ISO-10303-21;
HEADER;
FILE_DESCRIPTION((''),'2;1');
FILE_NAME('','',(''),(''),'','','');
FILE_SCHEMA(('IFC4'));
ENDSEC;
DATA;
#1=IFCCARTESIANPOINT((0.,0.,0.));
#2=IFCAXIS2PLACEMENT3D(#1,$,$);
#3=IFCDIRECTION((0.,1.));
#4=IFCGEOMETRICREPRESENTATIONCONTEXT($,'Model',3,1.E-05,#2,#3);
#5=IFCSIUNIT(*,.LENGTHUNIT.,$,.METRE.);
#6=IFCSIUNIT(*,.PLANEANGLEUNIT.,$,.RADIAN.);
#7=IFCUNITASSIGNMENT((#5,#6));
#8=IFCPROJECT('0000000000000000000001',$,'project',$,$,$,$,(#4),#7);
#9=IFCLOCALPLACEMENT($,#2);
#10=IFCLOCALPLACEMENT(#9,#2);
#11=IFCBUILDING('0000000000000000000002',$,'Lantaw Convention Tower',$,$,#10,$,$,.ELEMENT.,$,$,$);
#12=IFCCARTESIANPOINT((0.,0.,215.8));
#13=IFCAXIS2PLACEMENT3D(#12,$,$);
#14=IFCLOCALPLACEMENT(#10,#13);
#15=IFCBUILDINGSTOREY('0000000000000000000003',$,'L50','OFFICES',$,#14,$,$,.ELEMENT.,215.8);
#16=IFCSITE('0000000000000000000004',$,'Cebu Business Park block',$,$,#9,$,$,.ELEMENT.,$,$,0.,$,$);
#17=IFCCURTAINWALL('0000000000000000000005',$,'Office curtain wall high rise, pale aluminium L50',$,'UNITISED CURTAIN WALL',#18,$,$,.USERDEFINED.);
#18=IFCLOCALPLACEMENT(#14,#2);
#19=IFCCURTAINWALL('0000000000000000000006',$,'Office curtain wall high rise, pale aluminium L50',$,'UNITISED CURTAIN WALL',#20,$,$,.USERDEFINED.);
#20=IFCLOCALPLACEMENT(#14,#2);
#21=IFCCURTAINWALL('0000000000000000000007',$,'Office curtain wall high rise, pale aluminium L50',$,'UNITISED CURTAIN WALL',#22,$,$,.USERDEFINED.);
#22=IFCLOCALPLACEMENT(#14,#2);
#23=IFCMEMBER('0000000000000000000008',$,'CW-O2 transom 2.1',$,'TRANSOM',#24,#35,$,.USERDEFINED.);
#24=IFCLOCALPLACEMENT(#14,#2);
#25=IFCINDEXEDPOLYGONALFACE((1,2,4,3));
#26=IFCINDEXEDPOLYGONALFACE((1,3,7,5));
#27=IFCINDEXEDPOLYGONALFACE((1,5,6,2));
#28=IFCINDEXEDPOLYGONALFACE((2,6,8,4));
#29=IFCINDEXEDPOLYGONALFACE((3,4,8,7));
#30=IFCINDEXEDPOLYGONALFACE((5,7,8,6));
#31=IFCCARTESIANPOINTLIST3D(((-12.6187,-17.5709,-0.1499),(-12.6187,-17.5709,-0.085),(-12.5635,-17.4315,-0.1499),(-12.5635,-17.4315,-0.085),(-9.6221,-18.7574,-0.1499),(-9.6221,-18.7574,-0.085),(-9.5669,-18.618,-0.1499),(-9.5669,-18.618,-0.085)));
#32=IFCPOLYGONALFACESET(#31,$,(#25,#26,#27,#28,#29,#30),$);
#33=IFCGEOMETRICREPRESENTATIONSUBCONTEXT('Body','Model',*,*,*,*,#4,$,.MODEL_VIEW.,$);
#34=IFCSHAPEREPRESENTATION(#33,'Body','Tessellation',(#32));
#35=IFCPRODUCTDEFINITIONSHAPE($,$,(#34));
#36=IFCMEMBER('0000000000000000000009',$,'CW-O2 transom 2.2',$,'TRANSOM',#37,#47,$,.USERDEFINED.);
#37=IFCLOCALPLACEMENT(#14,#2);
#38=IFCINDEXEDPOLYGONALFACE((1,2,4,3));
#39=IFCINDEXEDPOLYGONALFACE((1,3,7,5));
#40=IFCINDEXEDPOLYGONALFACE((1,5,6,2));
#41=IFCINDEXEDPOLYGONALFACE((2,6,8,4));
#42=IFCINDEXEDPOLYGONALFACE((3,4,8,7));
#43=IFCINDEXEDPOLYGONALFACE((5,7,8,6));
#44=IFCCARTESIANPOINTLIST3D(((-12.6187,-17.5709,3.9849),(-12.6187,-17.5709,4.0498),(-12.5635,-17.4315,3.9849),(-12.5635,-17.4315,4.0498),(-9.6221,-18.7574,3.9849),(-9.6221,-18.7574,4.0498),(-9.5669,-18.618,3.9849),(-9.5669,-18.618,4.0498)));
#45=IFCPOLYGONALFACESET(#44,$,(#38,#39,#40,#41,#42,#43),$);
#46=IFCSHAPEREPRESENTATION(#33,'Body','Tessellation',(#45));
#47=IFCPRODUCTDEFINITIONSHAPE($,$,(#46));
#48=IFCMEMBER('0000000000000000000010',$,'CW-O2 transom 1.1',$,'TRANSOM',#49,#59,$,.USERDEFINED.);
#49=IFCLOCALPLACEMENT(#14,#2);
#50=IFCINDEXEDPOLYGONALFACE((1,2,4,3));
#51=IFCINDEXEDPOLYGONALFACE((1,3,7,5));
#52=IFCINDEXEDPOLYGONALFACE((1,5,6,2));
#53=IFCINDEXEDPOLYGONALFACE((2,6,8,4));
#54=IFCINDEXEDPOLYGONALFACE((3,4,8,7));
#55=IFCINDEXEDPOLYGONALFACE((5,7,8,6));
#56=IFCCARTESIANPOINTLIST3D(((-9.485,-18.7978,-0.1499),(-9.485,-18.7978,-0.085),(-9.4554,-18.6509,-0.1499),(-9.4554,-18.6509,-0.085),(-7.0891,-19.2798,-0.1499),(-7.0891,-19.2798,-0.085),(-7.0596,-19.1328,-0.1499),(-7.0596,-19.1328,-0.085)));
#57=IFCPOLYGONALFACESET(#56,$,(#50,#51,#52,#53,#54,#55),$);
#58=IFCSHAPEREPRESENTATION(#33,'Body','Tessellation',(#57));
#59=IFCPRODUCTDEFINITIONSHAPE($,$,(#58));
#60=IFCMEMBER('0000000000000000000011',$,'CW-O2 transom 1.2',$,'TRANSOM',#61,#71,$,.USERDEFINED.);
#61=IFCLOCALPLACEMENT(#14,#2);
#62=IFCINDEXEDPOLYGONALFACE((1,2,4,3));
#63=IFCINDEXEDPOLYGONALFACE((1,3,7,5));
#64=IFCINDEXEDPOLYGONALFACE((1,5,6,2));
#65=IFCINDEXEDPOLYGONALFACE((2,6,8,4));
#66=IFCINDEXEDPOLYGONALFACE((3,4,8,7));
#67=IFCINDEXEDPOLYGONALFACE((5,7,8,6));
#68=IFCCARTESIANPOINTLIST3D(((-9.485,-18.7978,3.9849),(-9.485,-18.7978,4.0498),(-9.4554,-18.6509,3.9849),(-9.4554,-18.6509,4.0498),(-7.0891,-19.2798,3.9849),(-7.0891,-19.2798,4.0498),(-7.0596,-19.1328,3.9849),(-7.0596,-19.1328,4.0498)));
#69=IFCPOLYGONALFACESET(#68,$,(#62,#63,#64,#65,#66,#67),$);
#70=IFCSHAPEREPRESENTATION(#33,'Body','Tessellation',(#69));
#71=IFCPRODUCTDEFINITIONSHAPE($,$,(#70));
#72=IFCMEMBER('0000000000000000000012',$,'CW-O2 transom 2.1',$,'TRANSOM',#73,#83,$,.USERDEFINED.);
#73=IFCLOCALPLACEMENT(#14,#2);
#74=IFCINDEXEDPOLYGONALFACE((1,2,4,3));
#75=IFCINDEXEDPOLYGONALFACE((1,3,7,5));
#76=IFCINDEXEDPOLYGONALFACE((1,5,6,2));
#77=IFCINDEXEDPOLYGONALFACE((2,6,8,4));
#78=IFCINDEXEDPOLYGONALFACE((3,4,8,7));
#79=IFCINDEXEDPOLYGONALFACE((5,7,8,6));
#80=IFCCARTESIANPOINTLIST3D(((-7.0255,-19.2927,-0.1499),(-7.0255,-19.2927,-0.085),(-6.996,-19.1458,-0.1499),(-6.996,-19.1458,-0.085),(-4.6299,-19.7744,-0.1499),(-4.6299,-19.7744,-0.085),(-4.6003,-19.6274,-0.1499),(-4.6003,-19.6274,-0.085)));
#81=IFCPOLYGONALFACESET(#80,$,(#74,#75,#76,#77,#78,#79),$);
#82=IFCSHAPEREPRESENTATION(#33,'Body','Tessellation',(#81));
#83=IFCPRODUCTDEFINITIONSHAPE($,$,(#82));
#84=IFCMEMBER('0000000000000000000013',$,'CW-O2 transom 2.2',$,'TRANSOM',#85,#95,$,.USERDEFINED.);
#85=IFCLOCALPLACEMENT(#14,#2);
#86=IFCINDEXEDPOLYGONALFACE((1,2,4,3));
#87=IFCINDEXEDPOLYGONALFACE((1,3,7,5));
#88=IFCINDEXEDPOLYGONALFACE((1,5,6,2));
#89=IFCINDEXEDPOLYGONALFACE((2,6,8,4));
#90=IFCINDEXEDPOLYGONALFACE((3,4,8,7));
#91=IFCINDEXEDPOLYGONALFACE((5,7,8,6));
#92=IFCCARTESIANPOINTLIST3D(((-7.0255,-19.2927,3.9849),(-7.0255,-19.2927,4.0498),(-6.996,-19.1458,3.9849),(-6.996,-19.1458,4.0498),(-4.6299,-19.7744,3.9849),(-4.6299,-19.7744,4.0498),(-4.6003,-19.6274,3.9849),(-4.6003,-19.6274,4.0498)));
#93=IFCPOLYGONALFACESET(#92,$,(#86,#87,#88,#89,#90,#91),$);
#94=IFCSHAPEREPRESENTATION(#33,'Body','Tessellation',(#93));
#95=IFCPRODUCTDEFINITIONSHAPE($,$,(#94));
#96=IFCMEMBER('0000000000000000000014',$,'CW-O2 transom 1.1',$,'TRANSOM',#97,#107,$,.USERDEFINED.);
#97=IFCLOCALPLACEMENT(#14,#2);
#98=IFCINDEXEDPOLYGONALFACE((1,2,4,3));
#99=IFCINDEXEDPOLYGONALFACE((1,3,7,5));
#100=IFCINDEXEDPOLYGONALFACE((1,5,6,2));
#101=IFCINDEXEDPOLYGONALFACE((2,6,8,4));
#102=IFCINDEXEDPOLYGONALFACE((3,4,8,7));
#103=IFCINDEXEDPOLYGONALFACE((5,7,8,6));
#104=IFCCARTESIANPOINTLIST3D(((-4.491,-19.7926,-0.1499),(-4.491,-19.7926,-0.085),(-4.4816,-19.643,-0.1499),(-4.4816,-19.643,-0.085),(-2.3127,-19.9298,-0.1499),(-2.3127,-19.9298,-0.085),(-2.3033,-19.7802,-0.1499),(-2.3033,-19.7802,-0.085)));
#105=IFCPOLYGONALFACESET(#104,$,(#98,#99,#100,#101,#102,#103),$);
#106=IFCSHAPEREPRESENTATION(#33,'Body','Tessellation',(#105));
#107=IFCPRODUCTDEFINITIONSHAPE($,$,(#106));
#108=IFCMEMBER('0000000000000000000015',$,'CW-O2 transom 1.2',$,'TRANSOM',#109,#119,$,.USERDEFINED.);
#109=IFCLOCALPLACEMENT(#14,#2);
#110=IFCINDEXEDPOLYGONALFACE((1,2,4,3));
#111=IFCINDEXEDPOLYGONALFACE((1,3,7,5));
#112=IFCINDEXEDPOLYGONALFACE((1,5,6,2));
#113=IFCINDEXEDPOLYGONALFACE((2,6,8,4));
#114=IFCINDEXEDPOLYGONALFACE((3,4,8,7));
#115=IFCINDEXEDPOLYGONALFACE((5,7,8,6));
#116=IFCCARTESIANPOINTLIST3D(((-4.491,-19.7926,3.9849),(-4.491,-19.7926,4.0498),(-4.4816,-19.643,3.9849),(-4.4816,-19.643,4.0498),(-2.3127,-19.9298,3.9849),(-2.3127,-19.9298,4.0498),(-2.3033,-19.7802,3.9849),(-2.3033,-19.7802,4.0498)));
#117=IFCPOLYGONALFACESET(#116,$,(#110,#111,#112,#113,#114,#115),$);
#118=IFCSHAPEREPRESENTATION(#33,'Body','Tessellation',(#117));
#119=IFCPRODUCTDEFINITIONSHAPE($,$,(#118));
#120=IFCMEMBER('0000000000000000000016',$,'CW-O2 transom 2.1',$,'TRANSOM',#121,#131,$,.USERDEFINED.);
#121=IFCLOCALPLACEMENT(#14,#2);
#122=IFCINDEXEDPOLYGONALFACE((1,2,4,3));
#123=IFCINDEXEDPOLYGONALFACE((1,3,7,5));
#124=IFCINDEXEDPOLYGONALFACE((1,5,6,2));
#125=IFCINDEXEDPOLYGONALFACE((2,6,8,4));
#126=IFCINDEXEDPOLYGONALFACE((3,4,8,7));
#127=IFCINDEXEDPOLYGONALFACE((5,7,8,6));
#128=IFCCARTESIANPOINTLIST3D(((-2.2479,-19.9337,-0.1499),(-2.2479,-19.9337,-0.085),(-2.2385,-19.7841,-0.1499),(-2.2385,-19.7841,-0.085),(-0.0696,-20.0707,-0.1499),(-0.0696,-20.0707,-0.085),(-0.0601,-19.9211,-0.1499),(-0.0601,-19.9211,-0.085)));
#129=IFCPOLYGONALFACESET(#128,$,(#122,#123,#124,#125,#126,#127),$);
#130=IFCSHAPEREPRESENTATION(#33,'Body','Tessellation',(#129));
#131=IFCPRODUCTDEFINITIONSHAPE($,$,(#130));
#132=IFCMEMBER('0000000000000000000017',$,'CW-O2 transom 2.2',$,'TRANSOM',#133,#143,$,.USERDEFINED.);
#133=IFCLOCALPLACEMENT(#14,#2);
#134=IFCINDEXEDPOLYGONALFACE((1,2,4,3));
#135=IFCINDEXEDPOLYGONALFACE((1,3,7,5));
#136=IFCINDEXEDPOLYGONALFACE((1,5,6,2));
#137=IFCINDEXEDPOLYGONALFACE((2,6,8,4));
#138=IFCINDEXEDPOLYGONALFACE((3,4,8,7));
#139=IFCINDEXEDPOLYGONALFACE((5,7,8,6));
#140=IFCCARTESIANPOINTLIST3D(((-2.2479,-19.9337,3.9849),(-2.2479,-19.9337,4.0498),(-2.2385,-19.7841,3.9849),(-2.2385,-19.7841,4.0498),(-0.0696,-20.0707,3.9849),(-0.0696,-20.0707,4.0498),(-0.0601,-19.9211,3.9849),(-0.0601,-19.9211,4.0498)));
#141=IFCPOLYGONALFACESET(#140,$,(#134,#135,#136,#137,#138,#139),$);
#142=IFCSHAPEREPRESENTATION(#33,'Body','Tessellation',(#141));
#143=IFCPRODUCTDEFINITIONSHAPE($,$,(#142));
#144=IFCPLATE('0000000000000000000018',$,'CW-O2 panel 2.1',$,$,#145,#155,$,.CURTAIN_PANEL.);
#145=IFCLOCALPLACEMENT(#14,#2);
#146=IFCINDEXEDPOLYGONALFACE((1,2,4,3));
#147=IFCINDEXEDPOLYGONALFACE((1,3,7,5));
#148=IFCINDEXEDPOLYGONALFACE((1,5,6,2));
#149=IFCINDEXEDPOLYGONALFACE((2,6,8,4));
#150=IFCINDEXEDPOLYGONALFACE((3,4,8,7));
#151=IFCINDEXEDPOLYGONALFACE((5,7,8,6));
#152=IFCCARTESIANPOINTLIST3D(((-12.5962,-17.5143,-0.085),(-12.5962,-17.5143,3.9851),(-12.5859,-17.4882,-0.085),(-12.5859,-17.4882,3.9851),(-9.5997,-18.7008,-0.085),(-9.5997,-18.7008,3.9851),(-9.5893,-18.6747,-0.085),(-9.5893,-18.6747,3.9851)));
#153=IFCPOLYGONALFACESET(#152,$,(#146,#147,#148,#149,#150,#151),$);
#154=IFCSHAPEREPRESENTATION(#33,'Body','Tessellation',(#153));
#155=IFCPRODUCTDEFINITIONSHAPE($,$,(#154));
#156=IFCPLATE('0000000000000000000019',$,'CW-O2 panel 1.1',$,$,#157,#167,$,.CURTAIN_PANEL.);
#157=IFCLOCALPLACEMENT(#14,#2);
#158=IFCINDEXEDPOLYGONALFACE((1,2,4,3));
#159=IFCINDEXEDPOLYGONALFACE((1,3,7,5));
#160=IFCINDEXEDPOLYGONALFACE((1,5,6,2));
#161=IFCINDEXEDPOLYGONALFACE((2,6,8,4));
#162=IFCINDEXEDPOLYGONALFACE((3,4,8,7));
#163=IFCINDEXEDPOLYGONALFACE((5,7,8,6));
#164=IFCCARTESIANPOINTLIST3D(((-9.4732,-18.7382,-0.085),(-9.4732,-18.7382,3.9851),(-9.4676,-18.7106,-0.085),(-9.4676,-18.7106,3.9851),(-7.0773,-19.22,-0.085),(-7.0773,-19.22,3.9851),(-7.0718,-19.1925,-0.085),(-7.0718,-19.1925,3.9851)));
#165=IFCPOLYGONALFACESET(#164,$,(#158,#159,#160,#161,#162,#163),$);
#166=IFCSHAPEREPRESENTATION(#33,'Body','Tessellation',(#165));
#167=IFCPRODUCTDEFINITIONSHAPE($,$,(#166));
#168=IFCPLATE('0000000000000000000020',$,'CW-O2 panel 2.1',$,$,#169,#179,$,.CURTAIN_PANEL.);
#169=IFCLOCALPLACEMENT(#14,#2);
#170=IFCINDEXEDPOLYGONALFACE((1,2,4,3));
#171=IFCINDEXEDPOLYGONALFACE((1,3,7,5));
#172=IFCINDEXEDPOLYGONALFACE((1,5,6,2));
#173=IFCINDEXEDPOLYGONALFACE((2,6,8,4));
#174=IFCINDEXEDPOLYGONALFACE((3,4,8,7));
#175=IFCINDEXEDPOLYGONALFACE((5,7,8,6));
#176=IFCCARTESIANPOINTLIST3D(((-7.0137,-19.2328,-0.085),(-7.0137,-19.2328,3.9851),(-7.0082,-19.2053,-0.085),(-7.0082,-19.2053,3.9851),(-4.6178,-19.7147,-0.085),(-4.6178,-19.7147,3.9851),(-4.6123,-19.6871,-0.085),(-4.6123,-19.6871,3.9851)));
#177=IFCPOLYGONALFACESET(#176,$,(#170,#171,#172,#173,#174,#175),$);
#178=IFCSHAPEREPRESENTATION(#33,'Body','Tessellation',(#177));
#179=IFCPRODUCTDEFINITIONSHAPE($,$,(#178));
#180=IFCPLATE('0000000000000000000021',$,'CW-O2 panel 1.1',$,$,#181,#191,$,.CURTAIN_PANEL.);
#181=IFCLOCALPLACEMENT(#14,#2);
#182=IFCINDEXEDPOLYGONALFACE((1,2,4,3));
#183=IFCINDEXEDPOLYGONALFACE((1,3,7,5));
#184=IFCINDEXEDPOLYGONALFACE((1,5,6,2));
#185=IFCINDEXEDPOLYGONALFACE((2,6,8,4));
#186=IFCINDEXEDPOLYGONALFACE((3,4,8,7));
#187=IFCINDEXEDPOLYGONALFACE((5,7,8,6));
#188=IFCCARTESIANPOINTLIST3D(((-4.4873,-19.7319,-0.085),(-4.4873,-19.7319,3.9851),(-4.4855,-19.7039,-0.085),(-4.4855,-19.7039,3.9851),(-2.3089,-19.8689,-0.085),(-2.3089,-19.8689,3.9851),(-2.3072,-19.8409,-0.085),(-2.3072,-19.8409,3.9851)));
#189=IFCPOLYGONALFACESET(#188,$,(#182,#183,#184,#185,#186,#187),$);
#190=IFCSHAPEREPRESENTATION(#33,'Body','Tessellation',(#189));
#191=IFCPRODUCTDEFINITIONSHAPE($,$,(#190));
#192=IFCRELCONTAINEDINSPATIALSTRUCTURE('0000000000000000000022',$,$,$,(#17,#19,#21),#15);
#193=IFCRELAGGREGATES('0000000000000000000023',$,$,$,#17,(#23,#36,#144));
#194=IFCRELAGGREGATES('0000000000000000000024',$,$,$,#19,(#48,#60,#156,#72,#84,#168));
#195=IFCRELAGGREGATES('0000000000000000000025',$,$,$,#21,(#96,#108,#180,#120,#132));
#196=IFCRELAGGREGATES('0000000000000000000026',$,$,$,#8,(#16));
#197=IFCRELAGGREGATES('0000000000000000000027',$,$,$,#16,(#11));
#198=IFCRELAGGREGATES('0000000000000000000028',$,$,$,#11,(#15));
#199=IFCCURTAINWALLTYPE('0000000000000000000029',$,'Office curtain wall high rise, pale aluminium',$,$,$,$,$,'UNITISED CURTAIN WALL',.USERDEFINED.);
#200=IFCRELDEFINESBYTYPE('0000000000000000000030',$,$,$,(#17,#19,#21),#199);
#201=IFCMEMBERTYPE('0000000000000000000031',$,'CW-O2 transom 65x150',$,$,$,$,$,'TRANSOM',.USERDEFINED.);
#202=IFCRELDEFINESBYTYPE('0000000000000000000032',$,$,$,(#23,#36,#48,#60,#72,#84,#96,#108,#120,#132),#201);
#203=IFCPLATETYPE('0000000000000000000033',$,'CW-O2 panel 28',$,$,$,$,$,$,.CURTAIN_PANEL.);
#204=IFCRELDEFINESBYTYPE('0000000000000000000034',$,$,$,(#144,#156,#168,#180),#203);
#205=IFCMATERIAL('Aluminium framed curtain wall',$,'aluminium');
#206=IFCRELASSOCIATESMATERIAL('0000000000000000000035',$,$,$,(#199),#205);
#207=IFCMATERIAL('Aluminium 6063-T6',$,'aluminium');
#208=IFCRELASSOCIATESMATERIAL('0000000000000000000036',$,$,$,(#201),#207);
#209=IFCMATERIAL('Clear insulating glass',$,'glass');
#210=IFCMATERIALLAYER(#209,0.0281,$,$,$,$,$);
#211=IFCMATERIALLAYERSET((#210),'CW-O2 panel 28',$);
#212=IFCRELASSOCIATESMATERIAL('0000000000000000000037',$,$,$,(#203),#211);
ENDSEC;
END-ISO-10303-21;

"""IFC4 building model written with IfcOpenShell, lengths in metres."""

from ifc_helpers import new_model, si_unit, direction, frame, origin, origin_2d, place, context, subcontext, project, spatial, rectangle, extrude, material, layer, layer_set, material_profile, profile_set, type_object, element, aggregate, save


model = new_model("IFC4")

# Units and contexts
model_context = context("Model", 3, precision=1e-05, world=origin(), true_north=direction((0.0, 1.0)))
body_context = subcontext(model_context, "Body", "Model", "MODEL_VIEW")
ifc_project = project(units=[si_unit("LENGTHUNIT", "METRE"), si_unit("PLANEANGLEUNIT", "RADIAN")], contexts=[model_context])

# Site, building, storey
site_placement = place(None, origin())
site = spatial("IfcSite", under=ifc_project, at=site_placement, Name="Cebu Business Park block", CompositionType="ELEMENT", RefElevation=0.0)
building_placement = place(site_placement, origin())
building = spatial("IfcBuilding", under=site, at=building_placement, Name="Lantaw Convention Tower", CompositionType="ELEMENT")
storey_placement = place(building_placement, frame((0.0, 0.0, 215.8)))
storey = spatial("IfcBuildingStorey", under=building, at=storey_placement, Name="L50", Description="OFFICES", CompositionType="ELEMENT", Elevation=215.8)

# Curtain wall
ifc_material_1 = material(Name="Aluminium framed curtain wall", Category="aluminium")
curtain_wall_type = type_object("IfcCurtainWallType", Name="Office curtain wall high rise, pale aluminium", ElementType="UNITISED CURTAIN WALL", PredefinedType="USERDEFINED", material=ifc_material_1)
curtain_wall_1_placement = place(storey_placement, origin())
curtain_wall_1 = element("IfcCurtainWall", 1, at=curtain_wall_1_placement, inside=storey, type_object=curtain_wall_type, Name="Office curtain wall high rise, pale aluminium L50", ObjectType="UNITISED CURTAIN WALL", PredefinedType="USERDEFINED")
ifc_material_2 = material(Name="Aluminium 6063-T6", Category="aluminium")

# Curtain walls
curtain_wall_2_placement = place(storey_placement, origin())
curtain_wall_2 = element("IfcCurtainWall", 2, at=curtain_wall_2_placement, inside=storey, type_object=curtain_wall_type, Name="Office curtain wall high rise, pale aluminium L50", ObjectType="UNITISED CURTAIN WALL", PredefinedType="USERDEFINED")
curtain_wall_3_placement = place(storey_placement, origin())
curtain_wall_3 = element("IfcCurtainWall", 3, at=curtain_wall_3_placement, inside=storey, type_object=curtain_wall_type, Name="Office curtain wall high rise, pale aluminium L50", ObjectType="UNITISED CURTAIN WALL", PredefinedType="USERDEFINED")

# Members
ifc_material_profile_1 = material_profile(ifc_material_2, rectangle(XDim=0.1499, YDim=0.0649, at=origin_2d()), Name="CW-O2 transom 65x150")
ifc_profile_set_1 = profile_set([ifc_material_profile_1], Name="Aluminium 6063-T6")
member_type_1 = type_object("IfcMemberType", Name="CW-O2 transom 65x150", ElementType="TRANSOM", PredefinedType="USERDEFINED", material=ifc_profile_set_1)
member_1_placement = place(storey_placement, frame((-12.5911, -17.5012, -0.1174), z_axis=(0.929767, -0.368149, 0.0), x_axis=(0.368149, 0.929767, 0.0)))
member_1 = element("IfcMember", 4, at=member_1_placement, type_object=member_type_1, Name="CW-O2 transom 2.1", ObjectType="TRANSOM", PredefinedType="USERDEFINED", context=body_context, shape_type="SweptSolid", body=[
    extrude(rectangle(XDim=0.1499, YDim=0.0649, at=origin_2d()), origin(), (0.0, 0.0, 1.0), 3.2229),
])
member_2_placement = place(storey_placement, frame((-12.5911, -17.5012, 4.0173), z_axis=(0.929767, -0.368149, 0.0), x_axis=(0.368149, 0.929767, 0.0)))
member_2 = element("IfcMember", 5, at=member_2_placement, type_object=member_type_1, Name="CW-O2 transom 2.2", ObjectType="TRANSOM", PredefinedType="USERDEFINED", context=body_context, shape_type="SweptSolid", body=[
    extrude(rectangle(XDim=0.1499, YDim=0.0649, at=origin_2d()), origin(), (0.0, 0.0, 1.0), 3.2229),
])
member_3_placement = place(storey_placement, frame((-9.4702, -18.7244, -0.1174), z_axis=(0.980361, -0.197211, 0.0), x_axis=(0.197211, 0.980361, 0.0)))
member_3 = element("IfcMember", 6, at=member_3_placement, type_object=member_type_1, Name="CW-O2 transom 1.1", ObjectType="TRANSOM", PredefinedType="USERDEFINED", context=body_context, shape_type="SweptSolid", body=[
    extrude(rectangle(XDim=0.1499, YDim=0.0649, at=origin_2d()), origin(), (0.0, 0.0, 1.0), 2.4438),
])
member_4_placement = place(storey_placement, frame((-9.4702, -18.7244, 4.0173), z_axis=(0.980361, -0.197211, 0.0), x_axis=(0.197211, 0.980361, 0.0)))
member_4 = element("IfcMember", 7, at=member_4_placement, type_object=member_type_1, Name="CW-O2 transom 1.2", ObjectType="TRANSOM", PredefinedType="USERDEFINED", context=body_context, shape_type="SweptSolid", body=[
    extrude(rectangle(XDim=0.1499, YDim=0.0649, at=origin_2d()), origin(), (0.0, 0.0, 1.0), 2.4438),
])
member_5_placement = place(storey_placement, frame((-7.0107, -19.2192, -0.1174), z_axis=(0.98038, -0.197115, 0.0), x_axis=(0.197115, 0.98038, 0.0)))
member_5 = element("IfcMember", 8, at=member_5_placement, type_object=member_type_1, Name="CW-O2 transom 2.1", ObjectType="TRANSOM", PredefinedType="USERDEFINED", context=body_context, shape_type="SweptSolid", body=[
    extrude(rectangle(XDim=0.1499, YDim=0.0649, at=origin_2d()), origin(), (0.0, 0.0, 1.0), 2.4436),
])
member_6_placement = place(storey_placement, frame((-7.0107, -19.2192, 4.0173), z_axis=(0.98038, -0.197115, 0.0), x_axis=(0.197115, 0.98038, 0.0)))
member_6 = element("IfcMember", 9, at=member_6_placement, type_object=member_type_1, Name="CW-O2 transom 2.2", ObjectType="TRANSOM", PredefinedType="USERDEFINED", context=body_context, shape_type="SweptSolid", body=[
    extrude(rectangle(XDim=0.1499, YDim=0.0649, at=origin_2d()), origin(), (0.0, 0.0, 1.0), 2.4436),
])
member_7_placement = place(storey_placement, frame((-4.4863, -19.7178, -0.1174), z_axis=(0.998022, -0.062866, 0.0), x_axis=(0.062866, 0.998022, 0.0)))
member_7 = element("IfcMember", 10, at=member_7_placement, type_object=member_type_1, Name="CW-O2 transom 1.1", ObjectType="TRANSOM", PredefinedType="USERDEFINED", context=body_context, shape_type="SweptSolid", body=[
    extrude(rectangle(XDim=0.1499, YDim=0.0649, at=origin_2d()), origin(), (0.0, 0.0, 1.0), 2.1826),
])
member_8_placement = place(storey_placement, frame((-4.4863, -19.7178, 4.0173), z_axis=(0.998022, -0.062866, 0.0), x_axis=(0.062866, 0.998022, 0.0)))
member_8 = element("IfcMember", 11, at=member_8_placement, type_object=member_type_1, Name="CW-O2 transom 1.2", ObjectType="TRANSOM", PredefinedType="USERDEFINED", context=body_context, shape_type="SweptSolid", body=[
    extrude(rectangle(XDim=0.1499, YDim=0.0649, at=origin_2d()), origin(), (0.0, 0.0, 1.0), 2.1826),
])
member_9_placement = place(storey_placement, frame((-2.2432, -19.8589, -0.1174), z_axis=(0.998029, -0.062754, 0.0), x_axis=(0.062754, 0.998029, 0.0)))
member_9 = element("IfcMember", 12, at=member_9_placement, type_object=member_type_1, Name="CW-O2 transom 2.1", ObjectType="TRANSOM", PredefinedType="USERDEFINED", context=body_context, shape_type="SweptSolid", body=[
    extrude(rectangle(XDim=0.1499, YDim=0.0649, at=origin_2d()), origin(), (0.0, 0.0, 1.0), 2.1826),
])
member_10_placement = place(storey_placement, frame((-2.2432, -19.8589, 4.0173), z_axis=(0.998029, -0.062754, 0.0), x_axis=(0.062754, 0.998029, 0.0)))
member_10 = element("IfcMember", 13, at=member_10_placement, type_object=member_type_1, Name="CW-O2 transom 2.2", ObjectType="TRANSOM", PredefinedType="USERDEFINED", context=body_context, shape_type="SweptSolid", body=[
    extrude(rectangle(XDim=0.1499, YDim=0.0649, at=origin_2d()), origin(), (0.0, 0.0, 1.0), 2.1826),
])

# Plates
ifc_material_3 = material(Name="Clear insulating glass", Category="glass")
ifc_layer_1 = layer(ifc_material_3, 0.0281)
ifc_layer_set_1 = layer_set([ifc_layer_1], Name="CW-O2 panel 28")
plate_type_1 = type_object("IfcPlateType", Name="CW-O2 panel 28", PredefinedType="CURTAIN_PANEL", material=ifc_layer_set_1)
plate_1_placement = place(storey_placement, frame((-11.0928, -18.0945, -0.085), z_axis=(0.0, 0.0, 1.0), x_axis=(0.929762, -0.368162, 0.0)))
plate_1 = element("IfcPlate", 14, at=plate_1_placement, type_object=plate_type_1, Name="CW-O2 panel 2.1", PredefinedType="CURTAIN_PANEL", context=body_context, shape_type="SweptSolid", body=[
    extrude(rectangle(XDim=3.2229, YDim=0.0281, at=origin_2d()), origin(), (0.0, 0.0, 1.0), 4.0701),
])
aggregate(curtain_wall_1, [member_1, member_2, plate_1])
plate_2_placement = place(storey_placement, frame((-8.2725, -18.9653, -0.085), z_axis=(0.0, 0.0, 1.0), x_axis=(0.980367, -0.197183, 0.0)))
plate_2 = element("IfcPlate", 15, at=plate_2_placement, type_object=plate_type_1, Name="CW-O2 panel 1.1", PredefinedType="CURTAIN_PANEL", context=body_context, shape_type="SweptSolid", body=[
    extrude(rectangle(XDim=2.4438, YDim=0.0281, at=origin_2d()), origin(), (0.0, 0.0, 1.0), 4.0701),
])
plate_3_placement = place(storey_placement, frame((-5.813, -19.46, -0.085), z_axis=(0.0, 0.0, 1.0), x_axis=(0.980367, -0.197183, 0.0)))
plate_3 = element("IfcPlate", 16, at=plate_3_placement, type_object=plate_type_1, Name="CW-O2 panel 2.1", PredefinedType="CURTAIN_PANEL", context=body_context, shape_type="SweptSolid", body=[
    extrude(rectangle(XDim=2.4438, YDim=0.0281, at=origin_2d()), origin(), (0.0, 0.0, 1.0), 4.0701),
])
aggregate(curtain_wall_2, [member_3, member_4, plate_2, member_5, member_6, plate_3])
plate_4_placement = place(storey_placement, frame((-3.3972, -19.7864, -0.085), z_axis=(0.0, 0.0, 1.0), x_axis=(0.998029, -0.062758, 0.0)))
plate_4 = element("IfcPlate", 17, at=plate_4_placement, type_object=plate_type_1, Name="CW-O2 panel 1.1", PredefinedType="CURTAIN_PANEL", context=body_context, shape_type="SweptSolid", body=[
    extrude(rectangle(XDim=2.1826, YDim=0.0281, at=origin_2d()), origin(), (0.0, 0.0, 1.0), 4.0701),
])
aggregate(curtain_wall_3, [member_7, member_8, plate_4, member_9, member_10])

save(model, "model.ifc")
